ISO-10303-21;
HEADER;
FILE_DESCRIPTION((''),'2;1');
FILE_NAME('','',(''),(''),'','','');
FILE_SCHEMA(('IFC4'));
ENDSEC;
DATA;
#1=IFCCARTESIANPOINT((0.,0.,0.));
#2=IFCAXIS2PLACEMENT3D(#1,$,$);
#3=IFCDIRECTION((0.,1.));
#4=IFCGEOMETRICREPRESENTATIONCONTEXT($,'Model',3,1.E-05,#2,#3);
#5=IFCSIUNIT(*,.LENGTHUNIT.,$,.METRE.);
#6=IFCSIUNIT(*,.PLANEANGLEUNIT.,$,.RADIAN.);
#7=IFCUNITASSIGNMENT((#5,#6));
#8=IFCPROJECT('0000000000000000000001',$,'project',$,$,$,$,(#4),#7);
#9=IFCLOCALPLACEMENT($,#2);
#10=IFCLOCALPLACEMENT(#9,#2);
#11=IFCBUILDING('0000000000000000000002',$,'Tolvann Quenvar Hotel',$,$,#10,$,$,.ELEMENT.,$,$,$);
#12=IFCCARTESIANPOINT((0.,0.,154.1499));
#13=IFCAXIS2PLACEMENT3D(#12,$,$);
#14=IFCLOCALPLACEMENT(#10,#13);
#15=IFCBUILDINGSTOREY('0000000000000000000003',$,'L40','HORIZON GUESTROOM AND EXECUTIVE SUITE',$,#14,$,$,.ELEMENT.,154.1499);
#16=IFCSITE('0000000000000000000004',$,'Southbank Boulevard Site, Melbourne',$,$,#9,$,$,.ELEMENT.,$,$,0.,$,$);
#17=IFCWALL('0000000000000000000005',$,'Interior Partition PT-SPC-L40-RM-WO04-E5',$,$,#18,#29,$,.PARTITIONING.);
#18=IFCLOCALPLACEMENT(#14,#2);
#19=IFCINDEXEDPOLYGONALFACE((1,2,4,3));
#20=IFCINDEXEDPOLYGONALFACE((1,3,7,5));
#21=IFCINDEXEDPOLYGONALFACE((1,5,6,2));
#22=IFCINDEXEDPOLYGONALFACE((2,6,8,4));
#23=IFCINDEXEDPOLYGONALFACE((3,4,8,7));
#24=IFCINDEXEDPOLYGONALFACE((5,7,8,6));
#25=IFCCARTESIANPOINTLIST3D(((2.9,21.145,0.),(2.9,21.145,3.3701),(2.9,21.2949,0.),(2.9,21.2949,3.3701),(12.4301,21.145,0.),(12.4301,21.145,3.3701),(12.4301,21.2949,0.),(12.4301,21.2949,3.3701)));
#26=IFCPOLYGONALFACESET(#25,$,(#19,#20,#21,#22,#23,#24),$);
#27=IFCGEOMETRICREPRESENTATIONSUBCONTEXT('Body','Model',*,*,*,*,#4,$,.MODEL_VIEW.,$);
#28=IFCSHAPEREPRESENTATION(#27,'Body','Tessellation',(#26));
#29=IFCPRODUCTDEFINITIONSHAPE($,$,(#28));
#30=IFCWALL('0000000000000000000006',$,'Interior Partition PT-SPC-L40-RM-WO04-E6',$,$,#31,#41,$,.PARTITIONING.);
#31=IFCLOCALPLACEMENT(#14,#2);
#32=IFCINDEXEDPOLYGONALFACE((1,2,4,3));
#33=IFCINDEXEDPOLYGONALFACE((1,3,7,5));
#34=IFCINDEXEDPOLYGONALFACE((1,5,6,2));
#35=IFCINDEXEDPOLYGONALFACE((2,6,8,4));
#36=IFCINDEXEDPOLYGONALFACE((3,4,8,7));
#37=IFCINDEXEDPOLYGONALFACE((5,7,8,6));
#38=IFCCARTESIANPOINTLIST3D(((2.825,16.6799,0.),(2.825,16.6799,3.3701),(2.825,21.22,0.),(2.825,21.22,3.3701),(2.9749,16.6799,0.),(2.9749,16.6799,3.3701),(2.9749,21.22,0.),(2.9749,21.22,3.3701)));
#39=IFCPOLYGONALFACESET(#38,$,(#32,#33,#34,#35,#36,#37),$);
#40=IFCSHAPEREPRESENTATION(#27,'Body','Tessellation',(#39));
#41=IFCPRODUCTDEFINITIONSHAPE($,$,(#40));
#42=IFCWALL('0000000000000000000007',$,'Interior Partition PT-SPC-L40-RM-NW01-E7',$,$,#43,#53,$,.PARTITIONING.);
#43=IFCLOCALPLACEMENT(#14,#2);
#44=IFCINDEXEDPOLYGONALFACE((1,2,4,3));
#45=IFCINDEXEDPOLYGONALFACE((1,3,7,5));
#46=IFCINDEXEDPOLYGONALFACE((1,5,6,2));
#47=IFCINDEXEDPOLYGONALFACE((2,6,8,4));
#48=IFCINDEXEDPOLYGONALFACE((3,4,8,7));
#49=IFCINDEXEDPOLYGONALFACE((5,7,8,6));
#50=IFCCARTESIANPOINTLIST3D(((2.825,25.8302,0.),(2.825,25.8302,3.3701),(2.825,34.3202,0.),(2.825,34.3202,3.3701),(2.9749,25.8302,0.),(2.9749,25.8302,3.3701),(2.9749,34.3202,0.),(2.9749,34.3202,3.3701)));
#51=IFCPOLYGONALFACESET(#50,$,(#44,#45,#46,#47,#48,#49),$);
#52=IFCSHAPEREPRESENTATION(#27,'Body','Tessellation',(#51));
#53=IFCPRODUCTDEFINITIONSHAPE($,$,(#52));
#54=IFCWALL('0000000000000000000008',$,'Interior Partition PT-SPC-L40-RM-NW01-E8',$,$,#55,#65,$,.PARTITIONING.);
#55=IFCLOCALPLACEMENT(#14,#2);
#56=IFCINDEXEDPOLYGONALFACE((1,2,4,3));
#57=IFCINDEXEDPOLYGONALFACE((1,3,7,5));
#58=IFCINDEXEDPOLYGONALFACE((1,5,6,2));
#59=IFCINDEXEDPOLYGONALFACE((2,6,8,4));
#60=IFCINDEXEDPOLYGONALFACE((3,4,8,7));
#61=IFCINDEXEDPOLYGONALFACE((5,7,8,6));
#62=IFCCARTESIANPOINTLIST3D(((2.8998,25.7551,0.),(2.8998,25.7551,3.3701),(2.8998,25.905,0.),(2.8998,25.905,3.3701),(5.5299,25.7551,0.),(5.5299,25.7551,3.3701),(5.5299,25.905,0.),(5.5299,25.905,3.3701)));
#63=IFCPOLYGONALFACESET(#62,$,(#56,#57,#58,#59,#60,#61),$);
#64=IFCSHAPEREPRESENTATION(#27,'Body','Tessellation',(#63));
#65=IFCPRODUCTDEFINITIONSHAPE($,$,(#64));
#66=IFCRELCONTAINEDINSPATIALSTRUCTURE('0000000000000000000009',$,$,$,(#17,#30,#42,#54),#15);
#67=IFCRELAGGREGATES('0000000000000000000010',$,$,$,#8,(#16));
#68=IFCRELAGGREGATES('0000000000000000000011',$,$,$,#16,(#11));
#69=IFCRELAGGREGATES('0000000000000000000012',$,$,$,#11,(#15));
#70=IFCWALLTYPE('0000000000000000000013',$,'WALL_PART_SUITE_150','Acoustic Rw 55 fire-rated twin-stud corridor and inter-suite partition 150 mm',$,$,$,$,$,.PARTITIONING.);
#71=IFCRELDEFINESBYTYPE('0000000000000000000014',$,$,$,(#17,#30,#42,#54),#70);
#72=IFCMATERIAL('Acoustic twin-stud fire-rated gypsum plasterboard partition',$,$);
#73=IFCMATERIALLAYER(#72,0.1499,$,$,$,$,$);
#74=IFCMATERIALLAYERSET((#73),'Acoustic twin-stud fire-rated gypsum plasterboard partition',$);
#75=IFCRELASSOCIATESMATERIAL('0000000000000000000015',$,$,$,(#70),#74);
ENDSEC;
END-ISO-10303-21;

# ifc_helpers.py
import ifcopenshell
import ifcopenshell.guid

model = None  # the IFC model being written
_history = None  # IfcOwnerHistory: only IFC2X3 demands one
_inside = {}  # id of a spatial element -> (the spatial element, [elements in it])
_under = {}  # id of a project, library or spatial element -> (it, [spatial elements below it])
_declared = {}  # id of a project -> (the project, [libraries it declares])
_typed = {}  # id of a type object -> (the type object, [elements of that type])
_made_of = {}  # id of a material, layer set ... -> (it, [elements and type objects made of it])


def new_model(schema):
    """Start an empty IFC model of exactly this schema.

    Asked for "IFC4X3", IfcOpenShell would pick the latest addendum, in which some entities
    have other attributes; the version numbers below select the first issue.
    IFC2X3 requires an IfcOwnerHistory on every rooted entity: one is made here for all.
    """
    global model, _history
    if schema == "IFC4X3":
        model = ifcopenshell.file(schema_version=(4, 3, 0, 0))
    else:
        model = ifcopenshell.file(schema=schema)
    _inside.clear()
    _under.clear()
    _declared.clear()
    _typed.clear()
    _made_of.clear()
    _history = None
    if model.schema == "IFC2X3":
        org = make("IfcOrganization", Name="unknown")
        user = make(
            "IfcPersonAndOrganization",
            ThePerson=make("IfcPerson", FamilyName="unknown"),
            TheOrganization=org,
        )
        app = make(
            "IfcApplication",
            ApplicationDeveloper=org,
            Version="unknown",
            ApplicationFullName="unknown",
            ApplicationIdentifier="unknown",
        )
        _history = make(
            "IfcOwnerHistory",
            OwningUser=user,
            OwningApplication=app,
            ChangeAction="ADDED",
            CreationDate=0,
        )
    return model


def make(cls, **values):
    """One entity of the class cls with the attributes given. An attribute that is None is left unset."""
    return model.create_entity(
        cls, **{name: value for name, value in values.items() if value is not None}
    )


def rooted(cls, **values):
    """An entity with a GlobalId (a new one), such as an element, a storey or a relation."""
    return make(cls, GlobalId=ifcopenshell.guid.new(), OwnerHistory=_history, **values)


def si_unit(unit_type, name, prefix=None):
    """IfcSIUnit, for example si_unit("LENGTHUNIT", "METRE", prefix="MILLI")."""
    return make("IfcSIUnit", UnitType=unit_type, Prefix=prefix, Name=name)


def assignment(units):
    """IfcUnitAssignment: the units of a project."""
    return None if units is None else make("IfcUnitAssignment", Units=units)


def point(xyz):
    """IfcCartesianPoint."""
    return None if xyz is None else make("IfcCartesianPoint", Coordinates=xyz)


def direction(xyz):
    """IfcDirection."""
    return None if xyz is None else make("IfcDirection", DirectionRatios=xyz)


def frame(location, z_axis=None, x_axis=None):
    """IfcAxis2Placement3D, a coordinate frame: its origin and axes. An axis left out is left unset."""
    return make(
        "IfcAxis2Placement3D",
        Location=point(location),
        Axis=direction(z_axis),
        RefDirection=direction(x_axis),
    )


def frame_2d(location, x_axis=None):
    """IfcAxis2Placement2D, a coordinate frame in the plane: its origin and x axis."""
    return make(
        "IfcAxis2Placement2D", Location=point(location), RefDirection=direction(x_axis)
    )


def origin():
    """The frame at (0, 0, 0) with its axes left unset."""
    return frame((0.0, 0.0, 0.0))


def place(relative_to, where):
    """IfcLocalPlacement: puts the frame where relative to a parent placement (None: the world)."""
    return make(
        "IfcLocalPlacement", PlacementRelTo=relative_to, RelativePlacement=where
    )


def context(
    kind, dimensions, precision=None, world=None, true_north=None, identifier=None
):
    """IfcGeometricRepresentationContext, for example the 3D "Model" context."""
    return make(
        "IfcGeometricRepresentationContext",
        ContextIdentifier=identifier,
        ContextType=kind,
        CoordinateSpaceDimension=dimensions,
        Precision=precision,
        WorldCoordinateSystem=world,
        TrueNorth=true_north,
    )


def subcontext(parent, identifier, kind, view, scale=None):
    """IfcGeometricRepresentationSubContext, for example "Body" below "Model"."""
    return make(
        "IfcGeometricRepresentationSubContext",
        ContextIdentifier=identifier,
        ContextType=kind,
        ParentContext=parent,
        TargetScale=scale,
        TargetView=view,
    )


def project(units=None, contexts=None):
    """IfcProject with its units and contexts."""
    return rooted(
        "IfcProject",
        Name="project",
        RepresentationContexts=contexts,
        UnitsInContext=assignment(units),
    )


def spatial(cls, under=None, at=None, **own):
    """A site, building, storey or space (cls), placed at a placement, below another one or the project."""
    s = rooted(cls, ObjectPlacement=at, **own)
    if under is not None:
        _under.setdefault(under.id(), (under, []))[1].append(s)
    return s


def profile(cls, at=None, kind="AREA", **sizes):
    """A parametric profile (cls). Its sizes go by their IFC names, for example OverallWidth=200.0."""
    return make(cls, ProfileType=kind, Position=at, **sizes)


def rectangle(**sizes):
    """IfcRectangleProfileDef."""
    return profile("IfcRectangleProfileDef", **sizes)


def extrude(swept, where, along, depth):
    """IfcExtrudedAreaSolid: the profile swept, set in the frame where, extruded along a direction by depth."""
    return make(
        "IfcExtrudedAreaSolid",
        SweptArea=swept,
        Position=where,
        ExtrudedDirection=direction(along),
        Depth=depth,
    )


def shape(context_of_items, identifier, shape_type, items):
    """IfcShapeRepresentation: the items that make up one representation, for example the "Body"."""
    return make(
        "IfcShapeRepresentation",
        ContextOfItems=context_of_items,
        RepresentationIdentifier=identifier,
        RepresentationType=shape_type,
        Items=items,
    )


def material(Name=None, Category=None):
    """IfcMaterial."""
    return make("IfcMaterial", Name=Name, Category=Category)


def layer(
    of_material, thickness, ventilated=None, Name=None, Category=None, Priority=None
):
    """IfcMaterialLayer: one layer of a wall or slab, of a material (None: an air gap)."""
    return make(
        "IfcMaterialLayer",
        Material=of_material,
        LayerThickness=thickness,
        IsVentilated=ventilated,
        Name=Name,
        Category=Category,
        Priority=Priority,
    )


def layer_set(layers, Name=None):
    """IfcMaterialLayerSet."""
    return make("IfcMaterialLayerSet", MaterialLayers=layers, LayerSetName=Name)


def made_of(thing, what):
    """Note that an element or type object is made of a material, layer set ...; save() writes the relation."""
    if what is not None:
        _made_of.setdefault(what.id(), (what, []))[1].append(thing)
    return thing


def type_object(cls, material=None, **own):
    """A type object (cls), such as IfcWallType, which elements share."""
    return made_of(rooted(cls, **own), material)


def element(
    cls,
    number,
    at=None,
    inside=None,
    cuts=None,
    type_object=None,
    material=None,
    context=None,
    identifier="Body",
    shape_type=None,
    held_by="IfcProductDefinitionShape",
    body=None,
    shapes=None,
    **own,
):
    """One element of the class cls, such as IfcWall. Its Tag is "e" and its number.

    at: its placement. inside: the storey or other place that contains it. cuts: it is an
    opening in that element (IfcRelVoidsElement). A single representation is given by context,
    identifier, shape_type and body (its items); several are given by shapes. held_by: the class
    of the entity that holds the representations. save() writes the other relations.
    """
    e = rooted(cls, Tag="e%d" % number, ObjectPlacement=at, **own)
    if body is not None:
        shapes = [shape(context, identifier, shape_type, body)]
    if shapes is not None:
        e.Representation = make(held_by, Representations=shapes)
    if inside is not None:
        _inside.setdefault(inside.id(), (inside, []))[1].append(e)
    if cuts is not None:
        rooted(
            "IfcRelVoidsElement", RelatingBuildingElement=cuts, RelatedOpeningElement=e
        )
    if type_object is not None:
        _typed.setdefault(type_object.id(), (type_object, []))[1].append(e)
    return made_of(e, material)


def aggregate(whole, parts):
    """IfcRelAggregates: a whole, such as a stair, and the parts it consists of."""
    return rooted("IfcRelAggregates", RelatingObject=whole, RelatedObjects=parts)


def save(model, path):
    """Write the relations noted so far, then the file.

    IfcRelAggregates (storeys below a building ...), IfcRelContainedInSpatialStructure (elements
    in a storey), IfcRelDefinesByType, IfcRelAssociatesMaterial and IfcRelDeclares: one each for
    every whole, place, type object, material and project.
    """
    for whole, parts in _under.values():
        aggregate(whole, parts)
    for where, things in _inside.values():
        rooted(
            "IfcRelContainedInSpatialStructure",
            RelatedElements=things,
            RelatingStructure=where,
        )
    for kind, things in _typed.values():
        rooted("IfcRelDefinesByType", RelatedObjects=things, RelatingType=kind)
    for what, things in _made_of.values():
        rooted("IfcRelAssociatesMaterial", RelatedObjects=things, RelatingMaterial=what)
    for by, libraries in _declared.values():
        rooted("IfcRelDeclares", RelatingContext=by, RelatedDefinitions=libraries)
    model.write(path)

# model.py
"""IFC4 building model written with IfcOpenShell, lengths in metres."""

from ifc_helpers import new_model, si_unit, direction, frame, frame_2d, origin, place, context, subcontext, project, spatial, rectangle, extrude, material, layer, layer_set, type_object, element, save


model = new_model("IFC4")

# Units and contexts
model_context = context("Model", 3, precision=1e-05, world=origin(), true_north=direction((0.0, 1.0)))
body_context = subcontext(model_context, "Body", "Model", "MODEL_VIEW")
ifc_project = project(units=[si_unit("LENGTHUNIT", "METRE"), si_unit("PLANEANGLEUNIT", "RADIAN")], contexts=[model_context])

# Site, building, storey
site_placement = place(None, origin())
site = spatial("IfcSite", under=ifc_project, at=site_placement, Name="Southbank Boulevard Site, Melbourne", CompositionType="ELEMENT", RefElevation=0.0)
building_placement = place(site_placement, origin())
building = spatial("IfcBuilding", under=site, at=building_placement, Name="Tolvann Quenvar Hotel", CompositionType="ELEMENT")
storey_placement = place(building_placement, frame((0.0, 0.0, 154.1499)))
storey = spatial("IfcBuildingStorey", under=building, at=storey_placement, Name="L40", Description="HORIZON GUESTROOM AND EXECUTIVE SUITE", CompositionType="ELEMENT", Elevation=154.1499)

# Shared definitions
ifc_material_1 = material(Name="Acoustic twin-stud fire-rated gypsum plasterboard partition")
ifc_layer_1 = layer(ifc_material_1, 0.1499)
ifc_layer_set_1 = layer_set([ifc_layer_1], Name="Acoustic twin-stud fire-rated gypsum plasterboard partition")
wall_type_1 = type_object("IfcWallType", Name="WALL_PART_SUITE_150", Description="Acoustic Rw 55 fire-rated twin-stud corridor and inter-suite partition 150 mm", PredefinedType="PARTITIONING", material=ifc_layer_set_1)

# Walls
wall_1_placement = place(storey_placement, frame((2.8999, 21.22, 0.0), z_axis=(0.0, 0.0, 1.0), x_axis=(1.0, 0.0, 0.0)))
element("IfcWall", 1, at=wall_1_placement, inside=storey, type_object=wall_type_1, Name="Interior Partition PT-SPC-L40-RM-WO04-E5", PredefinedType="PARTITIONING", context=body_context, shape_type="SweptSolid", body=[
    extrude(rectangle(XDim=9.53, YDim=0.1499, at=frame_2d((4.7651, 0.0))), origin(), (0.0, 0.0, 1.0), 3.3701),
])
wall_2_placement = place(storey_placement, frame((2.8999, 16.6799, 0.0), z_axis=(0.0, 0.0, 1.0), x_axis=(0.0, 1.0, 0.0)))
element("IfcWall", 2, at=wall_2_placement, inside=storey, type_object=wall_type_1, Name="Interior Partition PT-SPC-L40-RM-WO04-E6", PredefinedType="PARTITIONING", context=body_context, shape_type="SweptSolid", body=[
    extrude(rectangle(XDim=4.54, YDim=0.1499, at=frame_2d((2.27, 0.0))), origin(), (0.0, 0.0, 1.0), 3.3701),
])
wall_3_placement = place(storey_placement, frame((2.8999, 25.8301, 0.0), z_axis=(0.0, 0.0, 1.0), x_axis=(0.0, 1.0, 0.0)))
element("IfcWall", 3, at=wall_3_placement, inside=storey, type_object=wall_type_1, Name="Interior Partition PT-SPC-L40-RM-NW01-E7", PredefinedType="PARTITIONING", context=body_context, shape_type="SweptSolid", body=[
    extrude(rectangle(XDim=8.49, YDim=0.1499, at=frame_2d((4.2451, 0.0))), origin(), (0.0, 0.0, 1.0), 3.3701),
])
wall_4_placement = place(storey_placement, frame((2.8999, 25.8301, 0.0), z_axis=(0.0, 0.0, 1.0), x_axis=(1.0, 0.0, 0.0)))
element("IfcWall", 4, at=wall_4_placement, inside=storey, type_object=wall_type_1, Name="Interior Partition PT-SPC-L40-RM-NW01-E8", PredefinedType="PARTITIONING", context=body_context, shape_type="SweptSolid", body=[
    extrude(rectangle(XDim=2.6301, YDim=0.1499, at=frame_2d((1.3149, 0.0))), origin(), (0.0, 0.0, 1.0), 3.3701),
])

save(model, "model.ifc")
